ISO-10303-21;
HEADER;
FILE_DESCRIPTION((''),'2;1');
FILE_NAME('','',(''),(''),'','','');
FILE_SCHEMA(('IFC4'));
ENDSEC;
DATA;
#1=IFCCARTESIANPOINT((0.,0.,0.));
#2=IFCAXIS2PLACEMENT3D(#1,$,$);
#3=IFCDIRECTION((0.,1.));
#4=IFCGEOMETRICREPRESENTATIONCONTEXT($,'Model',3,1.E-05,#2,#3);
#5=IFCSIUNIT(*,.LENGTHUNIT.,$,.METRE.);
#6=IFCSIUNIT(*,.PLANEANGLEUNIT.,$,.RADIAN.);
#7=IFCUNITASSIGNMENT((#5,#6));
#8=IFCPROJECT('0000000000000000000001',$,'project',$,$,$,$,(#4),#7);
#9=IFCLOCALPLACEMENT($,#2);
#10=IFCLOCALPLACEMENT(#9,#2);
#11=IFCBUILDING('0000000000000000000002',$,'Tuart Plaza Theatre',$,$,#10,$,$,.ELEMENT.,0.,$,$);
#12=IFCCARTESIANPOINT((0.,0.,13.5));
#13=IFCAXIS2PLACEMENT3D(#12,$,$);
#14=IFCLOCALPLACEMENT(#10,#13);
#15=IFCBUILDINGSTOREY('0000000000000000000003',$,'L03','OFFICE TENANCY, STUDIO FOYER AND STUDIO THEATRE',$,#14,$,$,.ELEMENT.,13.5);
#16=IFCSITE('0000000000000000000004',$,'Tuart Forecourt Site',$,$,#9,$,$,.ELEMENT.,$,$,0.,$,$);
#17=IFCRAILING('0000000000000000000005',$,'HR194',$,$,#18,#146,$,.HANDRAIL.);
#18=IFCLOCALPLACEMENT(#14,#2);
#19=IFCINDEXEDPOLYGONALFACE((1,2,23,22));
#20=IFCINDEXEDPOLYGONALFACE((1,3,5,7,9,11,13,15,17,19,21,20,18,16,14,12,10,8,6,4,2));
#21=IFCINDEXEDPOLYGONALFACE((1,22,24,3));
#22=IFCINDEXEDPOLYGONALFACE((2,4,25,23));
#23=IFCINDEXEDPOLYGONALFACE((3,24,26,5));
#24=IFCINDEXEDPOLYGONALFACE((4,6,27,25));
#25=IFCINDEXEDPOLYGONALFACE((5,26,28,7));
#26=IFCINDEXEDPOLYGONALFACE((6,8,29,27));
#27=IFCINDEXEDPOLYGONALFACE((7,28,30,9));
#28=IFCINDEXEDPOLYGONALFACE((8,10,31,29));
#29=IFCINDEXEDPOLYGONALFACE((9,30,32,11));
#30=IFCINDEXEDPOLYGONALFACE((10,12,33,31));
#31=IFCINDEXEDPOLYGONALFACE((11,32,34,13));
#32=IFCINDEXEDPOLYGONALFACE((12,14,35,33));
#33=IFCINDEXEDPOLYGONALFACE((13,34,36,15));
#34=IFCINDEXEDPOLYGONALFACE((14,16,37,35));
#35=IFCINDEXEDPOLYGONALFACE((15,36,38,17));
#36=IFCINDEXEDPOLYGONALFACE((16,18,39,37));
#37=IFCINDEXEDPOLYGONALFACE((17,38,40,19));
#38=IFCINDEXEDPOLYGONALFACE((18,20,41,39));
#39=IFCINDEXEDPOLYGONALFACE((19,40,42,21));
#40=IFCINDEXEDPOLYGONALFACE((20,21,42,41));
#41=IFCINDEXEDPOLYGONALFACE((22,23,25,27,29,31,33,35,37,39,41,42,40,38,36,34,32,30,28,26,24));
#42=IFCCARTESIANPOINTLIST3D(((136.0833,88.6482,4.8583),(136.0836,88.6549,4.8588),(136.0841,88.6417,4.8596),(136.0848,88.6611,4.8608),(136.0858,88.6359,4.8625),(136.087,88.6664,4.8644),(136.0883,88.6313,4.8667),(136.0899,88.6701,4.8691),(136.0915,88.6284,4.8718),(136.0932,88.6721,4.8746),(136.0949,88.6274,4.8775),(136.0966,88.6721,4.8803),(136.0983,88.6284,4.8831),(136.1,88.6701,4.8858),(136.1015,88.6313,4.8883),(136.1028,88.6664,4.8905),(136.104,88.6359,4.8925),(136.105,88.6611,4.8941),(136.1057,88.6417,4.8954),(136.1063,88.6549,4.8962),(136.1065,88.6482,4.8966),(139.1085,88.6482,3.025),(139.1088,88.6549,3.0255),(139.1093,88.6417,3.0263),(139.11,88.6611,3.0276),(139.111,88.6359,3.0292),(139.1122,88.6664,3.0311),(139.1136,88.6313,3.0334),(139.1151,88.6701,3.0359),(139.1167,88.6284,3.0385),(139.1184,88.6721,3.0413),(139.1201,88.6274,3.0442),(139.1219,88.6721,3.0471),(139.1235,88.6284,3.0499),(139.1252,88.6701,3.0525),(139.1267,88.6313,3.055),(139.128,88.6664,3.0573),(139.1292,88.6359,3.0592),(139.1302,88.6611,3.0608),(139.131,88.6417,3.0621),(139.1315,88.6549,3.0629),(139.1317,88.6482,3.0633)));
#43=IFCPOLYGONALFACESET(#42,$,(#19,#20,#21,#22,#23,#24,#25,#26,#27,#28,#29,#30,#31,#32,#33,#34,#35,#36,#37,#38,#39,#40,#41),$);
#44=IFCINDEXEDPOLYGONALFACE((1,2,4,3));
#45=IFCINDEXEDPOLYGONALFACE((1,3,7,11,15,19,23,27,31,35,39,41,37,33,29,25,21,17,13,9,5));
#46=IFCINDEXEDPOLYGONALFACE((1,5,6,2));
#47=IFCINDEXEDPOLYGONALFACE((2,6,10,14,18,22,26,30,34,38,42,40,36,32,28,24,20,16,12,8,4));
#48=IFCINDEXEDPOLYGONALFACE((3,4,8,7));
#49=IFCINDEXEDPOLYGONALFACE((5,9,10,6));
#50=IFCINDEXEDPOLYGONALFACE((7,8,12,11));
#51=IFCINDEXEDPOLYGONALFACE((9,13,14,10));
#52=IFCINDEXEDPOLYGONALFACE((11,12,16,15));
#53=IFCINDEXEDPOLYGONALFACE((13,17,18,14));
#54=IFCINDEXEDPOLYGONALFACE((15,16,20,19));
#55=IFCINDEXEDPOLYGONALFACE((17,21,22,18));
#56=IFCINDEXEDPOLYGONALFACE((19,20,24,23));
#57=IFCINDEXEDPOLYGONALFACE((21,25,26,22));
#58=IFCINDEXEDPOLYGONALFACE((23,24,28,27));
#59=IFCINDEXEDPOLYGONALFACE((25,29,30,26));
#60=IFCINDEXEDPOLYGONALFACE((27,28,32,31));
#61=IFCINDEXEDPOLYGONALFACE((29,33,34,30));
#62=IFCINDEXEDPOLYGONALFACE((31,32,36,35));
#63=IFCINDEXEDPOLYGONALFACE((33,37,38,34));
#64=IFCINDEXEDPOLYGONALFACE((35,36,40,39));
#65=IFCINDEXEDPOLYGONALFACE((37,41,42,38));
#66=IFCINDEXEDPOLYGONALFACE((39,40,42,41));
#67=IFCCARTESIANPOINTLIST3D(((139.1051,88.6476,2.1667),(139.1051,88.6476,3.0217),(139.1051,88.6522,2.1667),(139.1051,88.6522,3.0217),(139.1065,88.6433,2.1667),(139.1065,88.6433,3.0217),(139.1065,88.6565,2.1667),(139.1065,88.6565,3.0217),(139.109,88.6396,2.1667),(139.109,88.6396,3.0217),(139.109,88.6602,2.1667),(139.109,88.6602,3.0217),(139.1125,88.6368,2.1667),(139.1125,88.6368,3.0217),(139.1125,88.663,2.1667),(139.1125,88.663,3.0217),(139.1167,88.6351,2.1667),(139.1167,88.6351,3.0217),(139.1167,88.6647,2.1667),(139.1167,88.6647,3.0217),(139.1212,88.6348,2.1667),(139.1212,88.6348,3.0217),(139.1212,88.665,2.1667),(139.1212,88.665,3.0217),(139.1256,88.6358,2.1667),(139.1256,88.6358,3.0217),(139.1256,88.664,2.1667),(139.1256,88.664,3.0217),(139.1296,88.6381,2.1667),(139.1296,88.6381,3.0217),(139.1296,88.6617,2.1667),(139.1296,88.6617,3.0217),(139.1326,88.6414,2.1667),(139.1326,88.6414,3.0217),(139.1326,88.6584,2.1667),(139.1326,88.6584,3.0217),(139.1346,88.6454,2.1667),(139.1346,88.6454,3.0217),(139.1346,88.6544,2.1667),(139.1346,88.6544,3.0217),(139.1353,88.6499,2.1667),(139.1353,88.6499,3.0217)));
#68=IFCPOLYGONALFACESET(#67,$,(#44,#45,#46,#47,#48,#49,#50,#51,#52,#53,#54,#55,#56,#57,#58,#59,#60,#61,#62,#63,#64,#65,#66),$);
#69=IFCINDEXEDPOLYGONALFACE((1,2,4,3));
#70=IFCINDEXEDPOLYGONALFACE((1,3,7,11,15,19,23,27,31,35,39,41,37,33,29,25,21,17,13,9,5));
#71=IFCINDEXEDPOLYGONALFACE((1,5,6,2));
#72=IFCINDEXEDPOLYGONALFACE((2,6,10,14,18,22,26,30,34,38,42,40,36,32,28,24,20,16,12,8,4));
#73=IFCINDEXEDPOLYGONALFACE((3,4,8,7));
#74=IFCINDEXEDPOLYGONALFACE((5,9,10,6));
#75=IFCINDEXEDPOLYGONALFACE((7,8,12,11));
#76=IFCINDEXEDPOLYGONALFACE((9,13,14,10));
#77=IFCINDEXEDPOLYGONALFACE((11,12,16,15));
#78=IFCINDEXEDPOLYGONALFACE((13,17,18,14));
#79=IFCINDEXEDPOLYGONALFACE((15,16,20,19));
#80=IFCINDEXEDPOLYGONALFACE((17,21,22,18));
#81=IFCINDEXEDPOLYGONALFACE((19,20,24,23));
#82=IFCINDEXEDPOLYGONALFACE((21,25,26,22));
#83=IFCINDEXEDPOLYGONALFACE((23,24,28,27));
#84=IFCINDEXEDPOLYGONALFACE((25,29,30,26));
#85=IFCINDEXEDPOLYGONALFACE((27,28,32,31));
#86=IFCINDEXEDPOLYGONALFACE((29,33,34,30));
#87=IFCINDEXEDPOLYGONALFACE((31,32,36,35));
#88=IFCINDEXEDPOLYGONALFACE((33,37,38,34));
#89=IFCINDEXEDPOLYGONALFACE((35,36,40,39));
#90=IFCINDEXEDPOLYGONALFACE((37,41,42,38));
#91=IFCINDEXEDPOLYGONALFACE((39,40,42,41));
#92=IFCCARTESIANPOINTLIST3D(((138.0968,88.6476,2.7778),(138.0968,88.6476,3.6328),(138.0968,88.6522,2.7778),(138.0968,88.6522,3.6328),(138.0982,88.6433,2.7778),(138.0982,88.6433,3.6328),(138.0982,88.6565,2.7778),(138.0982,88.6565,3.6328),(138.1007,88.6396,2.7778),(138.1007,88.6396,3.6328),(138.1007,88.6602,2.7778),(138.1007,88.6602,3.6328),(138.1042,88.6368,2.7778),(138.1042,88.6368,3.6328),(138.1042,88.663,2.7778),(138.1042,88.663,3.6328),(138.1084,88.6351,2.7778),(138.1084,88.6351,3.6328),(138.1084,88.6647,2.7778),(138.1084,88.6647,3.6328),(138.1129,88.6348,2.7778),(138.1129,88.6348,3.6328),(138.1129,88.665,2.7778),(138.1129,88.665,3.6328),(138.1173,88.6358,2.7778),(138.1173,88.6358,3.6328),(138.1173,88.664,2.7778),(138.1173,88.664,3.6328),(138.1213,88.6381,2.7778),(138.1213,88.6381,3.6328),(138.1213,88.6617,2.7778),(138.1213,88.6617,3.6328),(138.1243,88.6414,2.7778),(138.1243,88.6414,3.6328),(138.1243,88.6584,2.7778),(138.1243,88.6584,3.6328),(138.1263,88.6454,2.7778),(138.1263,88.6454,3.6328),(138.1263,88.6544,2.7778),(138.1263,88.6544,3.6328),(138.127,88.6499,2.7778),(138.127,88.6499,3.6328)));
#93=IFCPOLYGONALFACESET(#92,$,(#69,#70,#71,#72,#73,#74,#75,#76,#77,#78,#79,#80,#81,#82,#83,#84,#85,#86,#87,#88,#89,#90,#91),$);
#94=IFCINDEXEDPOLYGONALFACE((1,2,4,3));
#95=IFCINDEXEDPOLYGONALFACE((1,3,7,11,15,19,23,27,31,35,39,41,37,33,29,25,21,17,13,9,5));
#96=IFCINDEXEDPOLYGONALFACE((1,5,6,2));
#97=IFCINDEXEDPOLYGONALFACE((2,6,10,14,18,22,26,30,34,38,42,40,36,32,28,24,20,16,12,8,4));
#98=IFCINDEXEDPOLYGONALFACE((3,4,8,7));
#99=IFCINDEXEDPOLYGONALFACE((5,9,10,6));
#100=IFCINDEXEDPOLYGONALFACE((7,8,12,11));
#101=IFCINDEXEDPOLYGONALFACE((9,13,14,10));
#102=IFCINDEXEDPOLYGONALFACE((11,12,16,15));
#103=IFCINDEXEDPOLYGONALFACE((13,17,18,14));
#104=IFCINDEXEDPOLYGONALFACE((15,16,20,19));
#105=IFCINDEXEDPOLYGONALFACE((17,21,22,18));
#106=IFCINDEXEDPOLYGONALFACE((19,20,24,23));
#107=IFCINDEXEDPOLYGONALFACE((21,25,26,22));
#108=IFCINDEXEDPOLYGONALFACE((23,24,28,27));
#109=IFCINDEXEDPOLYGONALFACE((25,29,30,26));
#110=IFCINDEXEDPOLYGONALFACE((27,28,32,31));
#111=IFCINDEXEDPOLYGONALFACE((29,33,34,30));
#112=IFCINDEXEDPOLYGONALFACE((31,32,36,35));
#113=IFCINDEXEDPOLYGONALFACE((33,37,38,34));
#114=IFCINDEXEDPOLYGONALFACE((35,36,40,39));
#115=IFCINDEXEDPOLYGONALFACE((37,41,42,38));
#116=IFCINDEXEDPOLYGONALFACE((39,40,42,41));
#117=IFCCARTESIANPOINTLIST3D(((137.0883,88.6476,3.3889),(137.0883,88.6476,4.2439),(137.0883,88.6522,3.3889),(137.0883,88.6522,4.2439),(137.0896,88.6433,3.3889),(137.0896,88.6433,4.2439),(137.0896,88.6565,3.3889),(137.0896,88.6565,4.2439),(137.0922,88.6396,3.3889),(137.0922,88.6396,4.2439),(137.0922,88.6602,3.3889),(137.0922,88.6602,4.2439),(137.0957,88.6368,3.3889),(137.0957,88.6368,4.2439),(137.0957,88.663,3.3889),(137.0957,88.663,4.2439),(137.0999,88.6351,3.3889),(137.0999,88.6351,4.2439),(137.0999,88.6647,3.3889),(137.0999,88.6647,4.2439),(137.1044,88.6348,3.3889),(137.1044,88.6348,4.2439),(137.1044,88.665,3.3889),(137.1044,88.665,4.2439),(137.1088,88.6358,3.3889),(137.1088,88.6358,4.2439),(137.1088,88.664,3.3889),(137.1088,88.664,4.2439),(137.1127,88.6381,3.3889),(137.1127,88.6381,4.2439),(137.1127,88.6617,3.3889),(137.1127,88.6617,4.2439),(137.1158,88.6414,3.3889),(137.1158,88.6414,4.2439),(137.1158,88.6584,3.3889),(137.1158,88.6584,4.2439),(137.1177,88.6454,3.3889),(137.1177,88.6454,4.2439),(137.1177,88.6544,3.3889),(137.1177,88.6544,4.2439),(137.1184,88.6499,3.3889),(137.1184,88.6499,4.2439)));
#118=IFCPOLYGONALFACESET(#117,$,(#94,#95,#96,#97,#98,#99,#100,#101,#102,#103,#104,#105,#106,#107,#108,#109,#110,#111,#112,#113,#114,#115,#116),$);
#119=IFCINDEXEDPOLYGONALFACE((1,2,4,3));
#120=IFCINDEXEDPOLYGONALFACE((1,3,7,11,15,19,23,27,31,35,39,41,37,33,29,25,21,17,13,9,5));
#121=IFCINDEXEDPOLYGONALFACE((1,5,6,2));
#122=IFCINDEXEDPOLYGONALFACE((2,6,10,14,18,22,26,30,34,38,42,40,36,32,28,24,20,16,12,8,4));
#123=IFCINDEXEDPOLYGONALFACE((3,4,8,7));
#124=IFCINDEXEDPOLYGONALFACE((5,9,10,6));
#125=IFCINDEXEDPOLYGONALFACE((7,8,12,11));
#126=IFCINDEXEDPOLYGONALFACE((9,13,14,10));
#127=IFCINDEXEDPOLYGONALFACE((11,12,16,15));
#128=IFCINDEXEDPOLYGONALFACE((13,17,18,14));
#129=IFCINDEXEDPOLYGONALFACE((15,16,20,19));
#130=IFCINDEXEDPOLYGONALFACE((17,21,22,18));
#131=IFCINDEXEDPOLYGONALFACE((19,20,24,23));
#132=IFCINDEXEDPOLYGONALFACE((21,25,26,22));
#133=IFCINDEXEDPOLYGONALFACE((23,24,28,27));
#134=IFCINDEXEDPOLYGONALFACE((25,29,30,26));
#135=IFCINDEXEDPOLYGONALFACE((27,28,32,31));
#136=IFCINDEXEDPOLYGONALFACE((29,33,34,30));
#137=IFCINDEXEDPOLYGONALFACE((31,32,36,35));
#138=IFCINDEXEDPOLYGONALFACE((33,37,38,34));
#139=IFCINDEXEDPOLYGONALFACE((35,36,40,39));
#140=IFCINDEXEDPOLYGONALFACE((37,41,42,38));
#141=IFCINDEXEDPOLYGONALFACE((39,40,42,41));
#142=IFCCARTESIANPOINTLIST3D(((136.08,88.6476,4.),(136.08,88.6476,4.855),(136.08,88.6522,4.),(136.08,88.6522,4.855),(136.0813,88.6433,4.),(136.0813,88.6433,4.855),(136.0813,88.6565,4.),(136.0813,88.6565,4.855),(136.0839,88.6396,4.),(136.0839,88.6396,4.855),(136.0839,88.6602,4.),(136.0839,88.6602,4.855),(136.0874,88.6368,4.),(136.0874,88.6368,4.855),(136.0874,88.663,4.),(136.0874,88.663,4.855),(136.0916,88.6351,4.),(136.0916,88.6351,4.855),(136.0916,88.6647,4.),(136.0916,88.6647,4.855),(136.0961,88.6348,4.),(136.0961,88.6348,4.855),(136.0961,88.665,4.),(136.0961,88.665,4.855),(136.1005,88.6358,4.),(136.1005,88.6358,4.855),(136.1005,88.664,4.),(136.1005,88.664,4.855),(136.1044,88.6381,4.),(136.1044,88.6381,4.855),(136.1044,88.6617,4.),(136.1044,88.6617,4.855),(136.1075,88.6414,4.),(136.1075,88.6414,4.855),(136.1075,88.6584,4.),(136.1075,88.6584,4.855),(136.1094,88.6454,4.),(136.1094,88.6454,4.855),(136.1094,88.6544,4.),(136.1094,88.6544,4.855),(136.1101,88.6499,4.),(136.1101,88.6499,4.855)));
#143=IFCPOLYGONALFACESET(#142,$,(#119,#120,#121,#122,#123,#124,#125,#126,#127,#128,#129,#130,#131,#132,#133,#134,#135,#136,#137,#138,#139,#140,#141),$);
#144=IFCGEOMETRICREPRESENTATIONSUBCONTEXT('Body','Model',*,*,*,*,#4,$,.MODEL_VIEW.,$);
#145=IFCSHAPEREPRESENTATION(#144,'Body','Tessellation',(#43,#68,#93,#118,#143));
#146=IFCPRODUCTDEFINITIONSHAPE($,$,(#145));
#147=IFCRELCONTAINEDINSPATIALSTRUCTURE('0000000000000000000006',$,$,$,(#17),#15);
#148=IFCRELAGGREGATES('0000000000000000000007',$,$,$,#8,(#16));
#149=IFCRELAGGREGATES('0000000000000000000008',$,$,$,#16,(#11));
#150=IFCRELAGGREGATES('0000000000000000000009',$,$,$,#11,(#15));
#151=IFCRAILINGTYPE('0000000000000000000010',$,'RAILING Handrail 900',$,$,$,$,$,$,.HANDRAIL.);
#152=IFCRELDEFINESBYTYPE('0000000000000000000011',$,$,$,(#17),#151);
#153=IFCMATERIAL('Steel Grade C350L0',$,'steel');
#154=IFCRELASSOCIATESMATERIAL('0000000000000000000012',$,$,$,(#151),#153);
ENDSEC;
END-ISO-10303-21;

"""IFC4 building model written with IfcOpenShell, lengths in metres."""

from ifc_helpers import new_model, si_unit, direction, frame, origin, origin_2d, place, context, subcontext, project, spatial, circle, extrude, material, type_object, element, save


model = new_model("IFC4")

# Units and contexts
model_context = context("Model", 3, precision=1e-05, world=origin(), true_north=direction((0.0, 1.0)))
body_context = subcontext(model_context, "Body", "Model", "MODEL_VIEW")
ifc_project = project(units=[si_unit("LENGTHUNIT", "METRE"), si_unit("PLANEANGLEUNIT", "RADIAN")], contexts=[model_context])

# Site, building, storey
site_placement = place(None, origin())
site = spatial("IfcSite", under=ifc_project, at=site_placement, Name="Tuart Forecourt Site", CompositionType="ELEMENT", RefElevation=0.0)
building_placement = place(site_placement, origin())
building = spatial("IfcBuilding", under=site, at=building_placement, Name="Tuart Plaza Theatre", CompositionType="ELEMENT", ElevationOfRefHeight=0.0)
storey_placement = place(building_placement, frame((0.0, 0.0, 13.5)))
storey = spatial("IfcBuildingStorey", under=building, at=storey_placement, Name="L03", Description="OFFICE TENANCY, STUDIO FOYER AND STUDIO THEATRE", CompositionType="ELEMENT", Elevation=13.5)

# Railing
ifc_material_1 = material(Name="Steel Grade C350L0", Category="steel")
railing_type_1 = type_object("IfcRailingType", Name="RAILING Handrail 900", PredefinedType="HANDRAIL", material=ifc_material_1)
for number, where, name in (
    (1, (139.1201, 88.6499, 2.1667), "HR194"),
):
    element("IfcRailing", number, at=place(storey_placement, frame(where)), inside=storey, type_object=railing_type_1, Name=name, PredefinedType="HANDRAIL", context=body_context, shape_type="SweptSolid", body=[
        extrude(circle(Radius=0.0225, at=origin_2d()), frame((0.0, 0.0, 0.8774), z_axis=(-0.855219, 0.0, 0.518267), x_axis=(0.0, -1.0, 0.0)), (0.0, 0.0, 1.0), 3.5374),
        extrude(circle(Radius=0.0151, at=origin_2d()), origin(), (0.0, 0.0, 1.0), 0.855),
        extrude(circle(Radius=0.0151, at=origin_2d()), frame((-1.0083, 0.0, 0.6111)), (0.0, 0.0, 1.0), 0.855),
        extrude(circle(Radius=0.0151, at=origin_2d()), frame((-2.0168, 0.0, 1.2222)), (0.0, 0.0, 1.0), 0.855),
        extrude(circle(Radius=0.0151, at=origin_2d()), frame((-3.0251, 0.0, 1.8333)), (0.0, 0.0, 1.0), 0.855),
    ])

save(model, "model.ifc")
